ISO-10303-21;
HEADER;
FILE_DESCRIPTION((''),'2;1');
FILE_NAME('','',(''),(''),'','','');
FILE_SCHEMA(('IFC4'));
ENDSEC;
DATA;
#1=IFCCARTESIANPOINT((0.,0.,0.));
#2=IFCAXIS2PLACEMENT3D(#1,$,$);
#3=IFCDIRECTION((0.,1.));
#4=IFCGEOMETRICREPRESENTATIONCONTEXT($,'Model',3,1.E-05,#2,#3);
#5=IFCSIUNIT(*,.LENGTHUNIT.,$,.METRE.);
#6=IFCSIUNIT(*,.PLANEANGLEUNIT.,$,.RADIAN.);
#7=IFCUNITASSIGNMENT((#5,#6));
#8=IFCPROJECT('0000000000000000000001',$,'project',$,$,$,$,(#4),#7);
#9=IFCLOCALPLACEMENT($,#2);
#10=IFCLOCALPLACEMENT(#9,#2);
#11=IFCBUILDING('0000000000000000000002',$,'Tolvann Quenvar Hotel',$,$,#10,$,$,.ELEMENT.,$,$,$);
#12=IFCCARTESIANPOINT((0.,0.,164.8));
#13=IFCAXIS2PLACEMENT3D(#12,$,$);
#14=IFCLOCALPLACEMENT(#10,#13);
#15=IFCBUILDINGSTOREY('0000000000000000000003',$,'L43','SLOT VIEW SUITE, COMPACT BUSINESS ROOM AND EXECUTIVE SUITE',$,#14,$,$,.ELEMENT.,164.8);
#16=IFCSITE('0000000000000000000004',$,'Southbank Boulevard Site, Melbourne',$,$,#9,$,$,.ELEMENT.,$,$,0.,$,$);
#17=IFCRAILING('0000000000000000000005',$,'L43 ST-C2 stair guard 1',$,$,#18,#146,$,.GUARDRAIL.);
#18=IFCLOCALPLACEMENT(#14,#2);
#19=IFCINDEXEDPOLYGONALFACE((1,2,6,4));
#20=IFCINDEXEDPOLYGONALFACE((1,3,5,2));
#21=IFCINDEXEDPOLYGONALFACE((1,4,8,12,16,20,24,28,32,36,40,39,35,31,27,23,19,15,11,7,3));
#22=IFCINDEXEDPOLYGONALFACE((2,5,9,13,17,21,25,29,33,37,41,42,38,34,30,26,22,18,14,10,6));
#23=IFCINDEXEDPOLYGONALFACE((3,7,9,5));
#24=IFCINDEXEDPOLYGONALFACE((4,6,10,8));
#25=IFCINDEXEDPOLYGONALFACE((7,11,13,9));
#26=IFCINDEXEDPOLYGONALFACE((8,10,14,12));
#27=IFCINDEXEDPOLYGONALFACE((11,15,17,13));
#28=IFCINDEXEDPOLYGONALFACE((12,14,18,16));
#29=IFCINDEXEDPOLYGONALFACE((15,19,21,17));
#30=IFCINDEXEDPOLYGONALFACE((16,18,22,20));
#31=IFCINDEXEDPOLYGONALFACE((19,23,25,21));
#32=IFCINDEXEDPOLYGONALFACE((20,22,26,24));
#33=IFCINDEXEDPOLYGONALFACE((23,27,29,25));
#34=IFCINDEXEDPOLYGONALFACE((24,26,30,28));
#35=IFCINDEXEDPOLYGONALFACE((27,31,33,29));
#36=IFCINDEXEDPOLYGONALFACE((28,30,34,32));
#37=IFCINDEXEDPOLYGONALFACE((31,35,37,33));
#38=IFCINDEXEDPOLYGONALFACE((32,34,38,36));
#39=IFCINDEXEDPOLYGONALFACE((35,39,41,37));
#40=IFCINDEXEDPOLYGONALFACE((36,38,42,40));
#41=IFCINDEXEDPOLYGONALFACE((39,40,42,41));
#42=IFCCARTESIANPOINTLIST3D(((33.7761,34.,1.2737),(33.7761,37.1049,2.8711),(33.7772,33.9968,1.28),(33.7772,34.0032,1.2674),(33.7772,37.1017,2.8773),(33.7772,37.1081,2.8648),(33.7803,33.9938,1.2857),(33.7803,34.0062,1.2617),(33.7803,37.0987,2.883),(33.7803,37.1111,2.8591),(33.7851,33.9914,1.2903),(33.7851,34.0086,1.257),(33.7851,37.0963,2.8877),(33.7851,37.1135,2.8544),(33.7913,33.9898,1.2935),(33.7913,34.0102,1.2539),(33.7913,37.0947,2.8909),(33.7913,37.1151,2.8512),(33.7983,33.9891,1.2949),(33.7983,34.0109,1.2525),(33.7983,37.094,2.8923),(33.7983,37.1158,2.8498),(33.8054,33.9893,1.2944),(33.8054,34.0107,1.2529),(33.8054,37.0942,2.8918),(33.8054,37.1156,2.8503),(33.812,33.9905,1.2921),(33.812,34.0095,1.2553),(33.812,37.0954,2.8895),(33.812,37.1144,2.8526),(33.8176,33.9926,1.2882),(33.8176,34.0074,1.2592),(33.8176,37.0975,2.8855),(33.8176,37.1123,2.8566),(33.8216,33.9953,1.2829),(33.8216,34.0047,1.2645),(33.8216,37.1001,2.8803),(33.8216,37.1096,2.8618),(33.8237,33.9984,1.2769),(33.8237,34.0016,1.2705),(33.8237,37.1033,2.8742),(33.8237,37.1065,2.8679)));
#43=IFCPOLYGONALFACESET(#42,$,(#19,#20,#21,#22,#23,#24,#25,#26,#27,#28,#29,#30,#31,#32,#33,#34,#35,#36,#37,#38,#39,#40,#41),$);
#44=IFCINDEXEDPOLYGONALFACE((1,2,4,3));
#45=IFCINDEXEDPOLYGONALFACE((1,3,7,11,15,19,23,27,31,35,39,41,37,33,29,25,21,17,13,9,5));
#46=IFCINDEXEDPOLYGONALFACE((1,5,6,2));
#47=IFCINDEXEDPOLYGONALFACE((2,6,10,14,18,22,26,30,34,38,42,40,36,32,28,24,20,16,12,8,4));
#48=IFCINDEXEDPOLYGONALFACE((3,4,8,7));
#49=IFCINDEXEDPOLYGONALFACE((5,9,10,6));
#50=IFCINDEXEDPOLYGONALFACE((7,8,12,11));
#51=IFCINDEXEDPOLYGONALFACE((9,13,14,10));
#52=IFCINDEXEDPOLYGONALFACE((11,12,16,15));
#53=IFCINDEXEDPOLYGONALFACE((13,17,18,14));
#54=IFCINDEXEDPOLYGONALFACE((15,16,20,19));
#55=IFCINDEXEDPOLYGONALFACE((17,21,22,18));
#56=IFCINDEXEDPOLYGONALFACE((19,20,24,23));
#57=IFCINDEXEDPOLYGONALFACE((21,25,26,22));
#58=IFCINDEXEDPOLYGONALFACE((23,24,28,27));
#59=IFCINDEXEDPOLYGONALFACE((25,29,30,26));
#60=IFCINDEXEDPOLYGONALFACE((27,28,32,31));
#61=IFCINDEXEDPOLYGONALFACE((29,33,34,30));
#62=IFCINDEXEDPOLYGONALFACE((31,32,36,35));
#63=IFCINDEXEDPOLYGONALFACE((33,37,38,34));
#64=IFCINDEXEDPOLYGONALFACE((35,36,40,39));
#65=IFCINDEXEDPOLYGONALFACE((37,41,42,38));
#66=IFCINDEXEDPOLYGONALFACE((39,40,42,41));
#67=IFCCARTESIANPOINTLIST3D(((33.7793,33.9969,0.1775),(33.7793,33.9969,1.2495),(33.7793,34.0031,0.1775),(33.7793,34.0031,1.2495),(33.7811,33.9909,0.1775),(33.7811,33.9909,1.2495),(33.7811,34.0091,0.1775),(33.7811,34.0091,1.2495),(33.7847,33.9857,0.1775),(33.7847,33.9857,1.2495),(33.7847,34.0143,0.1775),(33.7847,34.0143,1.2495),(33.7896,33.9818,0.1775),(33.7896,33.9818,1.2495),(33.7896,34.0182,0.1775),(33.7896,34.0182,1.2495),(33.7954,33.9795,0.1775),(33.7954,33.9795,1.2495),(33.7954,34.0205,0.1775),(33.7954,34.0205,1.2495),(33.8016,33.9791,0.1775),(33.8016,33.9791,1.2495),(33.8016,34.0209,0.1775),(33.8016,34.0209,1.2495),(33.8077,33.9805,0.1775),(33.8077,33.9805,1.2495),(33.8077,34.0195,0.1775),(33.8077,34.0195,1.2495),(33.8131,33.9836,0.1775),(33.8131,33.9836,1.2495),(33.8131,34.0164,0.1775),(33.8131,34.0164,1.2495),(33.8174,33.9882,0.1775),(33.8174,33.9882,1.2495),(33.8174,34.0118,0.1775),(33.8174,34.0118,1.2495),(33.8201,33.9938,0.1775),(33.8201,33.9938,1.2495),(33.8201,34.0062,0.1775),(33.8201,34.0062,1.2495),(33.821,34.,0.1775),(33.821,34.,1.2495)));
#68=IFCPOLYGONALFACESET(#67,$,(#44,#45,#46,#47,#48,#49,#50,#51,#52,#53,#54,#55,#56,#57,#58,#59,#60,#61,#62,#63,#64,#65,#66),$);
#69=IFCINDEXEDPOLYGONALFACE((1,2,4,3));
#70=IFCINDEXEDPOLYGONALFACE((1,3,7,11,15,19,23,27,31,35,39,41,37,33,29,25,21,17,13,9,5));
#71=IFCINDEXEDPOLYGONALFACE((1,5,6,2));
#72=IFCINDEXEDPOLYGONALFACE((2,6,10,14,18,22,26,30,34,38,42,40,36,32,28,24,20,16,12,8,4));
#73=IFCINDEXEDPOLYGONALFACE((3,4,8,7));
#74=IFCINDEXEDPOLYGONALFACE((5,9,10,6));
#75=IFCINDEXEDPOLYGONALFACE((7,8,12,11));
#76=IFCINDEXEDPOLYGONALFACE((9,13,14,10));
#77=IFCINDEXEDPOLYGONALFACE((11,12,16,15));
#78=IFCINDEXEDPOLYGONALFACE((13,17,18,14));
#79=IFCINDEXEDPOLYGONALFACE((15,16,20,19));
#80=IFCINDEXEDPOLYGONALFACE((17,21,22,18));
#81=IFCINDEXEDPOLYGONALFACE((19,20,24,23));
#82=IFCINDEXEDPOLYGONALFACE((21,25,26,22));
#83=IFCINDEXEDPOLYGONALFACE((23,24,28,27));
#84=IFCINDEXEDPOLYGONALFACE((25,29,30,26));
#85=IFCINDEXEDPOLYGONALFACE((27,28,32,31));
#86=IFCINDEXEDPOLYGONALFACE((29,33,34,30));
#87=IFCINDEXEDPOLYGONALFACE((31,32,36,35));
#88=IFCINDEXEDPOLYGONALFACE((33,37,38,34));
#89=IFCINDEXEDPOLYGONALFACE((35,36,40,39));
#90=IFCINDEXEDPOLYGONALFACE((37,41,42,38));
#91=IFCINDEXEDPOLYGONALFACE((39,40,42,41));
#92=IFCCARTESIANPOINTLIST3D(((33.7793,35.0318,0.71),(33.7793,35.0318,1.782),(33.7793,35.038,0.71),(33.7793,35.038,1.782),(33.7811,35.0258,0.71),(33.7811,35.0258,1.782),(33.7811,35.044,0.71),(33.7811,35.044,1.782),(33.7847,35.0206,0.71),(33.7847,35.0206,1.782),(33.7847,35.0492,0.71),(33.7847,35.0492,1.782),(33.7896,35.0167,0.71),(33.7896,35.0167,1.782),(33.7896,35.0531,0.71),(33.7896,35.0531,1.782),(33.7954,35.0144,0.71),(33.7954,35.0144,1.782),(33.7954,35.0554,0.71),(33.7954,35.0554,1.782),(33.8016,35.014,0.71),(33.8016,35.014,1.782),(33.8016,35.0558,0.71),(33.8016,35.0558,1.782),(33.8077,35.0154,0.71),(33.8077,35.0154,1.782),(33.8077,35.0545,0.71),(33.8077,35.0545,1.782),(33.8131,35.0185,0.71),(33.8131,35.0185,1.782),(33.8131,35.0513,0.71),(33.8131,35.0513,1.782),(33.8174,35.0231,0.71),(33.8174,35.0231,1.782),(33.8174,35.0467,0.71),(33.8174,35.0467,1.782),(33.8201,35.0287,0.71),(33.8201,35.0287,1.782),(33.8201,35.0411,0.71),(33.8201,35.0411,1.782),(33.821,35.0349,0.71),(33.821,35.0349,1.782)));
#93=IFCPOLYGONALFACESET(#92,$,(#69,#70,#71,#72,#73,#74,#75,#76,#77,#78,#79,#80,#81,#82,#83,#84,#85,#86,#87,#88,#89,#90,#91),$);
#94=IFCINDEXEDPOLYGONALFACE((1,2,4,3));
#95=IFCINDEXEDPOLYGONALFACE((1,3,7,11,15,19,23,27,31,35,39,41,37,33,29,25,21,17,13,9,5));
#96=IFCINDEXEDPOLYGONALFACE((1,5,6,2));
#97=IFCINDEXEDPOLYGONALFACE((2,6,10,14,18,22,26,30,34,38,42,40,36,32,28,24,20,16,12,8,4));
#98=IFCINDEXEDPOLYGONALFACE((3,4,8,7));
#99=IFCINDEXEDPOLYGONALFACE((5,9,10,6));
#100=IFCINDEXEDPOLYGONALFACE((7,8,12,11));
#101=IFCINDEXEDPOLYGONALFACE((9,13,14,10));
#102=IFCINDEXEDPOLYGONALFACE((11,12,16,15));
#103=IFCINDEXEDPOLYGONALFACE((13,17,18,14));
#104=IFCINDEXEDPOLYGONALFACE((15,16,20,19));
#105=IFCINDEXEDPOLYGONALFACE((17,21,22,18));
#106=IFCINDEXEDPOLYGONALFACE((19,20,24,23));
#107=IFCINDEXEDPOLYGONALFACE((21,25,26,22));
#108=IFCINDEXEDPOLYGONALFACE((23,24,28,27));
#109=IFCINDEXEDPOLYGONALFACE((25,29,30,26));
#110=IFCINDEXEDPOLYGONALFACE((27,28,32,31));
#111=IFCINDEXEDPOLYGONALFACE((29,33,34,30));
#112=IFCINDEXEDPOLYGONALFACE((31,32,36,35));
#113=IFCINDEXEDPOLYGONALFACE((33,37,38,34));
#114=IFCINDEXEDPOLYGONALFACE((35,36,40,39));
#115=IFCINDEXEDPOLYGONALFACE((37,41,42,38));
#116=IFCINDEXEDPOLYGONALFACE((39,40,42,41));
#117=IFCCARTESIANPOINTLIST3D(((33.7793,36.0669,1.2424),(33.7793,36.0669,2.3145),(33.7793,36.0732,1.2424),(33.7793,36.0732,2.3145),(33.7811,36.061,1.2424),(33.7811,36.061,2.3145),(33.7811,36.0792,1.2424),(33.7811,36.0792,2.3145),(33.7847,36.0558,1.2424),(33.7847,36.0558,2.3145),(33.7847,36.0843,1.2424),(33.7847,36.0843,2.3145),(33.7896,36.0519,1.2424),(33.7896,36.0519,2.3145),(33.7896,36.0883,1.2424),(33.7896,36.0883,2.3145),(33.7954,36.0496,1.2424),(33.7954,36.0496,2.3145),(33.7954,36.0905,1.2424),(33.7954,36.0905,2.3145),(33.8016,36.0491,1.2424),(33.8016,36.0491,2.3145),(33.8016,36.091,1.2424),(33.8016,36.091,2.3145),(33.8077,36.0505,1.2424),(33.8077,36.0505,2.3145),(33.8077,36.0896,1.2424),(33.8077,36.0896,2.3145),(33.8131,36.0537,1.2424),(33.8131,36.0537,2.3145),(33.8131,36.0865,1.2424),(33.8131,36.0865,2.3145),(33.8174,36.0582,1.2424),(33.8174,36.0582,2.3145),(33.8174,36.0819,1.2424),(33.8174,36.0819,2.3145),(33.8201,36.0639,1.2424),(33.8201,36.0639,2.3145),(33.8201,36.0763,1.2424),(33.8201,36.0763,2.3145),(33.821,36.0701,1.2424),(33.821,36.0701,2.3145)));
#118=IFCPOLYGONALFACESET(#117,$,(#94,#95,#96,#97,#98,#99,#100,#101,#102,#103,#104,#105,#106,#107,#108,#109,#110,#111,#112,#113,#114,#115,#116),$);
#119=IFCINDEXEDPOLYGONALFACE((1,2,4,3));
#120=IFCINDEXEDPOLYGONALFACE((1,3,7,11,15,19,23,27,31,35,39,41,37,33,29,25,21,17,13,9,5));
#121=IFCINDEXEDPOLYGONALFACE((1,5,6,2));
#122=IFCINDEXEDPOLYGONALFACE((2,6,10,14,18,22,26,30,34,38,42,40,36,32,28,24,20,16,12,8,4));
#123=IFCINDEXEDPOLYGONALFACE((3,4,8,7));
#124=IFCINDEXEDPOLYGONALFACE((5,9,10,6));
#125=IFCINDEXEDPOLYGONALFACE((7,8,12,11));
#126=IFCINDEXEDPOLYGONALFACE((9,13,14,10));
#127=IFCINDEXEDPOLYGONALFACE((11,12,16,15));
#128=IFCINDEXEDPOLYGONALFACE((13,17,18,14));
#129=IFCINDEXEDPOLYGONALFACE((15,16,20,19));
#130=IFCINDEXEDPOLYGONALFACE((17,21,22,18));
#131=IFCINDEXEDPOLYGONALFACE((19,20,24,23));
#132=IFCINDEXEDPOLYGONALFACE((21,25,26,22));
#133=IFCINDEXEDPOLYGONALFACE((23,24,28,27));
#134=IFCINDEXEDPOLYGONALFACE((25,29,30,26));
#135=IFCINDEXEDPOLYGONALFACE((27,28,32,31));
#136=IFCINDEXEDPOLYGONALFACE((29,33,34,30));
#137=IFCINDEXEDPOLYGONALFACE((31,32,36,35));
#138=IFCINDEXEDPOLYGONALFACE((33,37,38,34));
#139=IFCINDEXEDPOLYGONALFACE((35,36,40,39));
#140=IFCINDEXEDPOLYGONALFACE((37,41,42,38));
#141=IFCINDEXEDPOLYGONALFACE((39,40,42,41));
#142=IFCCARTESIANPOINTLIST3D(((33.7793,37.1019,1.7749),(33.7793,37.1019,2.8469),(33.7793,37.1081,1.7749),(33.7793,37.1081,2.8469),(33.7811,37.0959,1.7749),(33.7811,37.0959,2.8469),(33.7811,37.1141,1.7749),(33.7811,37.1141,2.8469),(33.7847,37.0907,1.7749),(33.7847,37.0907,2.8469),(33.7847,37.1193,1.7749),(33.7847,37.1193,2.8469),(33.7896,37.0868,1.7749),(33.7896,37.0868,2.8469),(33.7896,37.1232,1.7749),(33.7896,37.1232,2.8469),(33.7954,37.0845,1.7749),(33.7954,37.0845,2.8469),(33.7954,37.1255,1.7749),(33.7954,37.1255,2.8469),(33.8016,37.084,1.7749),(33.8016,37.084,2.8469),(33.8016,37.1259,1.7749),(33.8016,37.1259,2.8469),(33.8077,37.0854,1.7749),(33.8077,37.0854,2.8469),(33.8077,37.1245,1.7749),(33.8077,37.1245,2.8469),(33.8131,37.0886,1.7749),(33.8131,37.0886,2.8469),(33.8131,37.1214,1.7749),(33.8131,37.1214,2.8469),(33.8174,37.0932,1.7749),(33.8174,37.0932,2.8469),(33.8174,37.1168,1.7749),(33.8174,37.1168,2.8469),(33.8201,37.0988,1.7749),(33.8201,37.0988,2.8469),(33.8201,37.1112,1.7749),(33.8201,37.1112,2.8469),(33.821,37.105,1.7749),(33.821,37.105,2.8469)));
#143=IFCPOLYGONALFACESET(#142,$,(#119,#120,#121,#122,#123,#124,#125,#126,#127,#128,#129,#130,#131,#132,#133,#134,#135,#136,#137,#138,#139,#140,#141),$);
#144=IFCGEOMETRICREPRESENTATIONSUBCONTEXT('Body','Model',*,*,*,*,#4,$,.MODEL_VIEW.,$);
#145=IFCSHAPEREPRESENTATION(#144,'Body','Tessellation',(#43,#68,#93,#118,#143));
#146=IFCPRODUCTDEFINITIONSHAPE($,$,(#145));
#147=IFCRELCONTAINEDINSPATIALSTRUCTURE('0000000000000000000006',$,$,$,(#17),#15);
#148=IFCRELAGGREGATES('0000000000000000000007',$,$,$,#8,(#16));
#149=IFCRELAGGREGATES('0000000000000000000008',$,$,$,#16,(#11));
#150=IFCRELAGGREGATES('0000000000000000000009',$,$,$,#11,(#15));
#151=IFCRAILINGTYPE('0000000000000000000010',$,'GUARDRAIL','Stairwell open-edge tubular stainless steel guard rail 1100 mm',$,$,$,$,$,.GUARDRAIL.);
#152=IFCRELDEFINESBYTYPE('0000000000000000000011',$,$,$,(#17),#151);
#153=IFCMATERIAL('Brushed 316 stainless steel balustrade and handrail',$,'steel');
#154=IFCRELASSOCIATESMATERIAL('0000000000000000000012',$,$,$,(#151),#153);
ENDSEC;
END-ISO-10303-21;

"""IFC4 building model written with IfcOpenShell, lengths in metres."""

from ifc_helpers import new_model, si_unit, direction, frame, origin, origin_2d, place, context, subcontext, project, spatial, circle, extrude, material, type_object, element, save


model = new_model("IFC4")

# Units and contexts
model_context = context("Model", 3, precision=1e-05, world=origin(), true_north=direction((0.0, 1.0)))
body_context = subcontext(model_context, "Body", "Model", "MODEL_VIEW")
ifc_project = project(units=[si_unit("LENGTHUNIT", "METRE"), si_unit("PLANEANGLEUNIT", "RADIAN")], contexts=[model_context])

# Site, building, storey
site_placement = place(None, origin())
site = spatial("IfcSite", under=ifc_project, at=site_placement, Name="Southbank Boulevard Site, Melbourne", CompositionType="ELEMENT", RefElevation=0.0)
building_placement = place(site_placement, origin())
building = spatial("IfcBuilding", under=site, at=building_placement, Name="Tolvann Quenvar Hotel", CompositionType="ELEMENT")
storey_placement = place(building_placement, frame((0.0, 0.0, 164.8)))
storey = spatial("IfcBuildingStorey", under=building, at=storey_placement, Name="L43", Description="SLOT VIEW SUITE, COMPACT BUSINESS ROOM AND EXECUTIVE SUITE", CompositionType="ELEMENT", Elevation=164.8)

# Railing
ifc_material_1 = material(Name="Brushed 316 stainless steel balustrade and handrail", Category="steel")
railing_type_1 = type_object("IfcRailingType", Name="GUARDRAIL", Description="Stairwell open-edge tubular stainless steel guard rail 1100 mm", PredefinedType="GUARDRAIL", material=ifc_material_1)
railing_1_placement = place(storey_placement, frame((33.8, 34.0, 0.1775)))
element("IfcRailing", 1, at=railing_1_placement, inside=storey, type_object=railing_type_1, Name="L43 ST-C2 stair guard 1", PredefinedType="GUARDRAIL", context=body_context, shape_type="SweptSolid", body=[
    extrude(circle(Radius=0.0239, at=origin_2d()), frame((0.0, 0.0, 1.0962), z_axis=(0.0, 0.889222, 0.457476), x_axis=(-1.0, 0.0, 0.0)), (0.0, 0.0, 1.0), 3.4917),
    extrude(circle(Radius=0.021, at=origin_2d()), origin(), (0.0, 0.0, 1.0), 1.072),
    extrude(circle(Radius=0.021, at=origin_2d()), frame((0.0, 1.0349, 0.5325)), (0.0, 0.0, 1.0), 1.072),
    extrude(circle(Radius=0.021, at=origin_2d()), frame((0.0, 2.0701, 1.0649)), (0.0, 0.0, 1.0), 1.072),
    extrude(circle(Radius=0.021, at=origin_2d()), frame((0.0, 3.105, 1.5974)), (0.0, 0.0, 1.0), 1.072),
])

save(model, "model.ifc")
